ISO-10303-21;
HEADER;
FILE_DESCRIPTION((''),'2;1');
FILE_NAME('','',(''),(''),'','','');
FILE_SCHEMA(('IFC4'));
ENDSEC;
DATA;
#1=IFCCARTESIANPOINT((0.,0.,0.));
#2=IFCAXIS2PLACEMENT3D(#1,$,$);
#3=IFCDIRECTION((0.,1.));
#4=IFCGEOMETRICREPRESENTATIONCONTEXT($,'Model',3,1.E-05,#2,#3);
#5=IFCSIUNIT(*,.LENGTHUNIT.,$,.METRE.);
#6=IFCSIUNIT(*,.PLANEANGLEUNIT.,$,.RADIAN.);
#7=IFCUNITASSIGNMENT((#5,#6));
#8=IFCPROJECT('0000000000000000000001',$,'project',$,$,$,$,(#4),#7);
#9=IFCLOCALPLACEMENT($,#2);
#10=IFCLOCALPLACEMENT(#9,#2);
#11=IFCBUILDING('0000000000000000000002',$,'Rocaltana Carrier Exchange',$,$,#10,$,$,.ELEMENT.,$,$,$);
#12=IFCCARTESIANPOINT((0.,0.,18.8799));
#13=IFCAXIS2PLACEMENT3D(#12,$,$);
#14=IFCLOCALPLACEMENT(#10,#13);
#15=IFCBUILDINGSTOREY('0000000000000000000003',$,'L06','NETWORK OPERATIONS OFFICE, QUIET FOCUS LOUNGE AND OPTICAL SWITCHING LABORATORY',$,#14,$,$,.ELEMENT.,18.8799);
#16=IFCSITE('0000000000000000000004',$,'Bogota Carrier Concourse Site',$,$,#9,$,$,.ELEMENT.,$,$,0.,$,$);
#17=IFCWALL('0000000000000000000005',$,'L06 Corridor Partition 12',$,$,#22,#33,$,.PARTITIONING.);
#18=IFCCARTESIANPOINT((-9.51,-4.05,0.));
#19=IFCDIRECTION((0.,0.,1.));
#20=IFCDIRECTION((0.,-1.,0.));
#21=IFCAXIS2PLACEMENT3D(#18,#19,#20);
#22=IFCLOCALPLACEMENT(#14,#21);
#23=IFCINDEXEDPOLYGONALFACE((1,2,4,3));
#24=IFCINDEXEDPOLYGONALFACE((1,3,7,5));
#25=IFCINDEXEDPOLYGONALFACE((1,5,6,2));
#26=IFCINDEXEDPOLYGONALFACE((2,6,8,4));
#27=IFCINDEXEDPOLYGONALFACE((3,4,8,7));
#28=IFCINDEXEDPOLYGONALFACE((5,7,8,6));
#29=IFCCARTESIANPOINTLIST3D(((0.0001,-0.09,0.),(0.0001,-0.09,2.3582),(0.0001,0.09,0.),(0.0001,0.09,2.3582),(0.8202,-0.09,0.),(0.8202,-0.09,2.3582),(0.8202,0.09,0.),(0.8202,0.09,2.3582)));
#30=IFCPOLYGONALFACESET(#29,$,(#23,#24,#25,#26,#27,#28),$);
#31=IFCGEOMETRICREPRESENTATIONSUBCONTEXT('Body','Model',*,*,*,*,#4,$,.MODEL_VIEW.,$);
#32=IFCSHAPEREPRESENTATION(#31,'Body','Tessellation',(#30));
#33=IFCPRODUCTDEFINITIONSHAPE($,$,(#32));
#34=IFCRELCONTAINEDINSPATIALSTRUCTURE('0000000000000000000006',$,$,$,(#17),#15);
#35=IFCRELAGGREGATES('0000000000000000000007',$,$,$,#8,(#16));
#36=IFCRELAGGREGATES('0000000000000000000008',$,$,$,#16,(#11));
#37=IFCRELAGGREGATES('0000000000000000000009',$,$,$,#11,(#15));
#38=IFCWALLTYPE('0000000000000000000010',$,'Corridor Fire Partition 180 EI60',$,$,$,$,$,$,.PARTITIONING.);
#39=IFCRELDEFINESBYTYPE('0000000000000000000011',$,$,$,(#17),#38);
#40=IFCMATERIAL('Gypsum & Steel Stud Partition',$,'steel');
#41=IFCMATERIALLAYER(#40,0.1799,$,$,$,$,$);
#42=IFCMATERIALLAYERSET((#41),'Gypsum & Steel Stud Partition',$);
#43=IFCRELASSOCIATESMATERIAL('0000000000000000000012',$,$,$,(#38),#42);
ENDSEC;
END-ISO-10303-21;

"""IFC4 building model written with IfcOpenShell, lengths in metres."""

from ifc_helpers import new_model, si_unit, direction, frame, frame_2d, origin, place, context, subcontext, project, spatial, rectangle, extrude, material, layer, layer_set, type_object, element, save


model = new_model("IFC4")

# Units and contexts
model_context = context("Model", 3, precision=1e-05, world=origin(), true_north=direction((0.0, 1.0)))
body_context = subcontext(model_context, "Body", "Model", "MODEL_VIEW")
ifc_project = project(units=[si_unit("LENGTHUNIT", "METRE"), si_unit("PLANEANGLEUNIT", "RADIAN")], contexts=[model_context])

# Site, building, storey
site_placement = place(None, origin())
site = spatial("IfcSite", under=ifc_project, at=site_placement, Name="Bogota Carrier Concourse Site", CompositionType="ELEMENT", RefElevation=0.0)
building_placement = place(site_placement, origin())
building = spatial("IfcBuilding", under=site, at=building_placement, Name="Rocaltana Carrier Exchange", CompositionType="ELEMENT")
storey_placement = place(building_placement, frame((0.0, 0.0, 18.8799)))
storey = spatial("IfcBuildingStorey", under=building, at=storey_placement, Name="L06", Description="NETWORK OPERATIONS OFFICE, QUIET FOCUS LOUNGE AND OPTICAL SWITCHING LABORATORY", CompositionType="ELEMENT", Elevation=18.8799)

# Shared definitions
ifc_material_1 = material(Name="Gypsum & Steel Stud Partition", Category="steel")
ifc_layer_1 = layer(ifc_material_1, 0.1799)
ifc_layer_set_1 = layer_set([ifc_layer_1], Name="Gypsum & Steel Stud Partition")
wall_type_1 = type_object("IfcWallType", Name="Corridor Fire Partition 180 EI60", PredefinedType="PARTITIONING", material=ifc_layer_set_1)

# Wall
wall_1_placement = place(storey_placement, frame((-9.51, -4.05, 0.0), z_axis=(0.0, 0.0, 1.0), x_axis=(0.0, -1.0, 0.0)))
element("IfcWall", 1, at=wall_1_placement, inside=storey, type_object=wall_type_1, Name="L06 Corridor Partition 12", PredefinedType="PARTITIONING", context=body_context, shape_type="SweptSolid", body=[
    extrude(rectangle(XDim=0.8201, YDim=0.1799, at=frame_2d((0.4102, 0.0))), origin(), (0.0, 0.0, 1.0), 2.3582),
])

save(model, "model.ifc")
